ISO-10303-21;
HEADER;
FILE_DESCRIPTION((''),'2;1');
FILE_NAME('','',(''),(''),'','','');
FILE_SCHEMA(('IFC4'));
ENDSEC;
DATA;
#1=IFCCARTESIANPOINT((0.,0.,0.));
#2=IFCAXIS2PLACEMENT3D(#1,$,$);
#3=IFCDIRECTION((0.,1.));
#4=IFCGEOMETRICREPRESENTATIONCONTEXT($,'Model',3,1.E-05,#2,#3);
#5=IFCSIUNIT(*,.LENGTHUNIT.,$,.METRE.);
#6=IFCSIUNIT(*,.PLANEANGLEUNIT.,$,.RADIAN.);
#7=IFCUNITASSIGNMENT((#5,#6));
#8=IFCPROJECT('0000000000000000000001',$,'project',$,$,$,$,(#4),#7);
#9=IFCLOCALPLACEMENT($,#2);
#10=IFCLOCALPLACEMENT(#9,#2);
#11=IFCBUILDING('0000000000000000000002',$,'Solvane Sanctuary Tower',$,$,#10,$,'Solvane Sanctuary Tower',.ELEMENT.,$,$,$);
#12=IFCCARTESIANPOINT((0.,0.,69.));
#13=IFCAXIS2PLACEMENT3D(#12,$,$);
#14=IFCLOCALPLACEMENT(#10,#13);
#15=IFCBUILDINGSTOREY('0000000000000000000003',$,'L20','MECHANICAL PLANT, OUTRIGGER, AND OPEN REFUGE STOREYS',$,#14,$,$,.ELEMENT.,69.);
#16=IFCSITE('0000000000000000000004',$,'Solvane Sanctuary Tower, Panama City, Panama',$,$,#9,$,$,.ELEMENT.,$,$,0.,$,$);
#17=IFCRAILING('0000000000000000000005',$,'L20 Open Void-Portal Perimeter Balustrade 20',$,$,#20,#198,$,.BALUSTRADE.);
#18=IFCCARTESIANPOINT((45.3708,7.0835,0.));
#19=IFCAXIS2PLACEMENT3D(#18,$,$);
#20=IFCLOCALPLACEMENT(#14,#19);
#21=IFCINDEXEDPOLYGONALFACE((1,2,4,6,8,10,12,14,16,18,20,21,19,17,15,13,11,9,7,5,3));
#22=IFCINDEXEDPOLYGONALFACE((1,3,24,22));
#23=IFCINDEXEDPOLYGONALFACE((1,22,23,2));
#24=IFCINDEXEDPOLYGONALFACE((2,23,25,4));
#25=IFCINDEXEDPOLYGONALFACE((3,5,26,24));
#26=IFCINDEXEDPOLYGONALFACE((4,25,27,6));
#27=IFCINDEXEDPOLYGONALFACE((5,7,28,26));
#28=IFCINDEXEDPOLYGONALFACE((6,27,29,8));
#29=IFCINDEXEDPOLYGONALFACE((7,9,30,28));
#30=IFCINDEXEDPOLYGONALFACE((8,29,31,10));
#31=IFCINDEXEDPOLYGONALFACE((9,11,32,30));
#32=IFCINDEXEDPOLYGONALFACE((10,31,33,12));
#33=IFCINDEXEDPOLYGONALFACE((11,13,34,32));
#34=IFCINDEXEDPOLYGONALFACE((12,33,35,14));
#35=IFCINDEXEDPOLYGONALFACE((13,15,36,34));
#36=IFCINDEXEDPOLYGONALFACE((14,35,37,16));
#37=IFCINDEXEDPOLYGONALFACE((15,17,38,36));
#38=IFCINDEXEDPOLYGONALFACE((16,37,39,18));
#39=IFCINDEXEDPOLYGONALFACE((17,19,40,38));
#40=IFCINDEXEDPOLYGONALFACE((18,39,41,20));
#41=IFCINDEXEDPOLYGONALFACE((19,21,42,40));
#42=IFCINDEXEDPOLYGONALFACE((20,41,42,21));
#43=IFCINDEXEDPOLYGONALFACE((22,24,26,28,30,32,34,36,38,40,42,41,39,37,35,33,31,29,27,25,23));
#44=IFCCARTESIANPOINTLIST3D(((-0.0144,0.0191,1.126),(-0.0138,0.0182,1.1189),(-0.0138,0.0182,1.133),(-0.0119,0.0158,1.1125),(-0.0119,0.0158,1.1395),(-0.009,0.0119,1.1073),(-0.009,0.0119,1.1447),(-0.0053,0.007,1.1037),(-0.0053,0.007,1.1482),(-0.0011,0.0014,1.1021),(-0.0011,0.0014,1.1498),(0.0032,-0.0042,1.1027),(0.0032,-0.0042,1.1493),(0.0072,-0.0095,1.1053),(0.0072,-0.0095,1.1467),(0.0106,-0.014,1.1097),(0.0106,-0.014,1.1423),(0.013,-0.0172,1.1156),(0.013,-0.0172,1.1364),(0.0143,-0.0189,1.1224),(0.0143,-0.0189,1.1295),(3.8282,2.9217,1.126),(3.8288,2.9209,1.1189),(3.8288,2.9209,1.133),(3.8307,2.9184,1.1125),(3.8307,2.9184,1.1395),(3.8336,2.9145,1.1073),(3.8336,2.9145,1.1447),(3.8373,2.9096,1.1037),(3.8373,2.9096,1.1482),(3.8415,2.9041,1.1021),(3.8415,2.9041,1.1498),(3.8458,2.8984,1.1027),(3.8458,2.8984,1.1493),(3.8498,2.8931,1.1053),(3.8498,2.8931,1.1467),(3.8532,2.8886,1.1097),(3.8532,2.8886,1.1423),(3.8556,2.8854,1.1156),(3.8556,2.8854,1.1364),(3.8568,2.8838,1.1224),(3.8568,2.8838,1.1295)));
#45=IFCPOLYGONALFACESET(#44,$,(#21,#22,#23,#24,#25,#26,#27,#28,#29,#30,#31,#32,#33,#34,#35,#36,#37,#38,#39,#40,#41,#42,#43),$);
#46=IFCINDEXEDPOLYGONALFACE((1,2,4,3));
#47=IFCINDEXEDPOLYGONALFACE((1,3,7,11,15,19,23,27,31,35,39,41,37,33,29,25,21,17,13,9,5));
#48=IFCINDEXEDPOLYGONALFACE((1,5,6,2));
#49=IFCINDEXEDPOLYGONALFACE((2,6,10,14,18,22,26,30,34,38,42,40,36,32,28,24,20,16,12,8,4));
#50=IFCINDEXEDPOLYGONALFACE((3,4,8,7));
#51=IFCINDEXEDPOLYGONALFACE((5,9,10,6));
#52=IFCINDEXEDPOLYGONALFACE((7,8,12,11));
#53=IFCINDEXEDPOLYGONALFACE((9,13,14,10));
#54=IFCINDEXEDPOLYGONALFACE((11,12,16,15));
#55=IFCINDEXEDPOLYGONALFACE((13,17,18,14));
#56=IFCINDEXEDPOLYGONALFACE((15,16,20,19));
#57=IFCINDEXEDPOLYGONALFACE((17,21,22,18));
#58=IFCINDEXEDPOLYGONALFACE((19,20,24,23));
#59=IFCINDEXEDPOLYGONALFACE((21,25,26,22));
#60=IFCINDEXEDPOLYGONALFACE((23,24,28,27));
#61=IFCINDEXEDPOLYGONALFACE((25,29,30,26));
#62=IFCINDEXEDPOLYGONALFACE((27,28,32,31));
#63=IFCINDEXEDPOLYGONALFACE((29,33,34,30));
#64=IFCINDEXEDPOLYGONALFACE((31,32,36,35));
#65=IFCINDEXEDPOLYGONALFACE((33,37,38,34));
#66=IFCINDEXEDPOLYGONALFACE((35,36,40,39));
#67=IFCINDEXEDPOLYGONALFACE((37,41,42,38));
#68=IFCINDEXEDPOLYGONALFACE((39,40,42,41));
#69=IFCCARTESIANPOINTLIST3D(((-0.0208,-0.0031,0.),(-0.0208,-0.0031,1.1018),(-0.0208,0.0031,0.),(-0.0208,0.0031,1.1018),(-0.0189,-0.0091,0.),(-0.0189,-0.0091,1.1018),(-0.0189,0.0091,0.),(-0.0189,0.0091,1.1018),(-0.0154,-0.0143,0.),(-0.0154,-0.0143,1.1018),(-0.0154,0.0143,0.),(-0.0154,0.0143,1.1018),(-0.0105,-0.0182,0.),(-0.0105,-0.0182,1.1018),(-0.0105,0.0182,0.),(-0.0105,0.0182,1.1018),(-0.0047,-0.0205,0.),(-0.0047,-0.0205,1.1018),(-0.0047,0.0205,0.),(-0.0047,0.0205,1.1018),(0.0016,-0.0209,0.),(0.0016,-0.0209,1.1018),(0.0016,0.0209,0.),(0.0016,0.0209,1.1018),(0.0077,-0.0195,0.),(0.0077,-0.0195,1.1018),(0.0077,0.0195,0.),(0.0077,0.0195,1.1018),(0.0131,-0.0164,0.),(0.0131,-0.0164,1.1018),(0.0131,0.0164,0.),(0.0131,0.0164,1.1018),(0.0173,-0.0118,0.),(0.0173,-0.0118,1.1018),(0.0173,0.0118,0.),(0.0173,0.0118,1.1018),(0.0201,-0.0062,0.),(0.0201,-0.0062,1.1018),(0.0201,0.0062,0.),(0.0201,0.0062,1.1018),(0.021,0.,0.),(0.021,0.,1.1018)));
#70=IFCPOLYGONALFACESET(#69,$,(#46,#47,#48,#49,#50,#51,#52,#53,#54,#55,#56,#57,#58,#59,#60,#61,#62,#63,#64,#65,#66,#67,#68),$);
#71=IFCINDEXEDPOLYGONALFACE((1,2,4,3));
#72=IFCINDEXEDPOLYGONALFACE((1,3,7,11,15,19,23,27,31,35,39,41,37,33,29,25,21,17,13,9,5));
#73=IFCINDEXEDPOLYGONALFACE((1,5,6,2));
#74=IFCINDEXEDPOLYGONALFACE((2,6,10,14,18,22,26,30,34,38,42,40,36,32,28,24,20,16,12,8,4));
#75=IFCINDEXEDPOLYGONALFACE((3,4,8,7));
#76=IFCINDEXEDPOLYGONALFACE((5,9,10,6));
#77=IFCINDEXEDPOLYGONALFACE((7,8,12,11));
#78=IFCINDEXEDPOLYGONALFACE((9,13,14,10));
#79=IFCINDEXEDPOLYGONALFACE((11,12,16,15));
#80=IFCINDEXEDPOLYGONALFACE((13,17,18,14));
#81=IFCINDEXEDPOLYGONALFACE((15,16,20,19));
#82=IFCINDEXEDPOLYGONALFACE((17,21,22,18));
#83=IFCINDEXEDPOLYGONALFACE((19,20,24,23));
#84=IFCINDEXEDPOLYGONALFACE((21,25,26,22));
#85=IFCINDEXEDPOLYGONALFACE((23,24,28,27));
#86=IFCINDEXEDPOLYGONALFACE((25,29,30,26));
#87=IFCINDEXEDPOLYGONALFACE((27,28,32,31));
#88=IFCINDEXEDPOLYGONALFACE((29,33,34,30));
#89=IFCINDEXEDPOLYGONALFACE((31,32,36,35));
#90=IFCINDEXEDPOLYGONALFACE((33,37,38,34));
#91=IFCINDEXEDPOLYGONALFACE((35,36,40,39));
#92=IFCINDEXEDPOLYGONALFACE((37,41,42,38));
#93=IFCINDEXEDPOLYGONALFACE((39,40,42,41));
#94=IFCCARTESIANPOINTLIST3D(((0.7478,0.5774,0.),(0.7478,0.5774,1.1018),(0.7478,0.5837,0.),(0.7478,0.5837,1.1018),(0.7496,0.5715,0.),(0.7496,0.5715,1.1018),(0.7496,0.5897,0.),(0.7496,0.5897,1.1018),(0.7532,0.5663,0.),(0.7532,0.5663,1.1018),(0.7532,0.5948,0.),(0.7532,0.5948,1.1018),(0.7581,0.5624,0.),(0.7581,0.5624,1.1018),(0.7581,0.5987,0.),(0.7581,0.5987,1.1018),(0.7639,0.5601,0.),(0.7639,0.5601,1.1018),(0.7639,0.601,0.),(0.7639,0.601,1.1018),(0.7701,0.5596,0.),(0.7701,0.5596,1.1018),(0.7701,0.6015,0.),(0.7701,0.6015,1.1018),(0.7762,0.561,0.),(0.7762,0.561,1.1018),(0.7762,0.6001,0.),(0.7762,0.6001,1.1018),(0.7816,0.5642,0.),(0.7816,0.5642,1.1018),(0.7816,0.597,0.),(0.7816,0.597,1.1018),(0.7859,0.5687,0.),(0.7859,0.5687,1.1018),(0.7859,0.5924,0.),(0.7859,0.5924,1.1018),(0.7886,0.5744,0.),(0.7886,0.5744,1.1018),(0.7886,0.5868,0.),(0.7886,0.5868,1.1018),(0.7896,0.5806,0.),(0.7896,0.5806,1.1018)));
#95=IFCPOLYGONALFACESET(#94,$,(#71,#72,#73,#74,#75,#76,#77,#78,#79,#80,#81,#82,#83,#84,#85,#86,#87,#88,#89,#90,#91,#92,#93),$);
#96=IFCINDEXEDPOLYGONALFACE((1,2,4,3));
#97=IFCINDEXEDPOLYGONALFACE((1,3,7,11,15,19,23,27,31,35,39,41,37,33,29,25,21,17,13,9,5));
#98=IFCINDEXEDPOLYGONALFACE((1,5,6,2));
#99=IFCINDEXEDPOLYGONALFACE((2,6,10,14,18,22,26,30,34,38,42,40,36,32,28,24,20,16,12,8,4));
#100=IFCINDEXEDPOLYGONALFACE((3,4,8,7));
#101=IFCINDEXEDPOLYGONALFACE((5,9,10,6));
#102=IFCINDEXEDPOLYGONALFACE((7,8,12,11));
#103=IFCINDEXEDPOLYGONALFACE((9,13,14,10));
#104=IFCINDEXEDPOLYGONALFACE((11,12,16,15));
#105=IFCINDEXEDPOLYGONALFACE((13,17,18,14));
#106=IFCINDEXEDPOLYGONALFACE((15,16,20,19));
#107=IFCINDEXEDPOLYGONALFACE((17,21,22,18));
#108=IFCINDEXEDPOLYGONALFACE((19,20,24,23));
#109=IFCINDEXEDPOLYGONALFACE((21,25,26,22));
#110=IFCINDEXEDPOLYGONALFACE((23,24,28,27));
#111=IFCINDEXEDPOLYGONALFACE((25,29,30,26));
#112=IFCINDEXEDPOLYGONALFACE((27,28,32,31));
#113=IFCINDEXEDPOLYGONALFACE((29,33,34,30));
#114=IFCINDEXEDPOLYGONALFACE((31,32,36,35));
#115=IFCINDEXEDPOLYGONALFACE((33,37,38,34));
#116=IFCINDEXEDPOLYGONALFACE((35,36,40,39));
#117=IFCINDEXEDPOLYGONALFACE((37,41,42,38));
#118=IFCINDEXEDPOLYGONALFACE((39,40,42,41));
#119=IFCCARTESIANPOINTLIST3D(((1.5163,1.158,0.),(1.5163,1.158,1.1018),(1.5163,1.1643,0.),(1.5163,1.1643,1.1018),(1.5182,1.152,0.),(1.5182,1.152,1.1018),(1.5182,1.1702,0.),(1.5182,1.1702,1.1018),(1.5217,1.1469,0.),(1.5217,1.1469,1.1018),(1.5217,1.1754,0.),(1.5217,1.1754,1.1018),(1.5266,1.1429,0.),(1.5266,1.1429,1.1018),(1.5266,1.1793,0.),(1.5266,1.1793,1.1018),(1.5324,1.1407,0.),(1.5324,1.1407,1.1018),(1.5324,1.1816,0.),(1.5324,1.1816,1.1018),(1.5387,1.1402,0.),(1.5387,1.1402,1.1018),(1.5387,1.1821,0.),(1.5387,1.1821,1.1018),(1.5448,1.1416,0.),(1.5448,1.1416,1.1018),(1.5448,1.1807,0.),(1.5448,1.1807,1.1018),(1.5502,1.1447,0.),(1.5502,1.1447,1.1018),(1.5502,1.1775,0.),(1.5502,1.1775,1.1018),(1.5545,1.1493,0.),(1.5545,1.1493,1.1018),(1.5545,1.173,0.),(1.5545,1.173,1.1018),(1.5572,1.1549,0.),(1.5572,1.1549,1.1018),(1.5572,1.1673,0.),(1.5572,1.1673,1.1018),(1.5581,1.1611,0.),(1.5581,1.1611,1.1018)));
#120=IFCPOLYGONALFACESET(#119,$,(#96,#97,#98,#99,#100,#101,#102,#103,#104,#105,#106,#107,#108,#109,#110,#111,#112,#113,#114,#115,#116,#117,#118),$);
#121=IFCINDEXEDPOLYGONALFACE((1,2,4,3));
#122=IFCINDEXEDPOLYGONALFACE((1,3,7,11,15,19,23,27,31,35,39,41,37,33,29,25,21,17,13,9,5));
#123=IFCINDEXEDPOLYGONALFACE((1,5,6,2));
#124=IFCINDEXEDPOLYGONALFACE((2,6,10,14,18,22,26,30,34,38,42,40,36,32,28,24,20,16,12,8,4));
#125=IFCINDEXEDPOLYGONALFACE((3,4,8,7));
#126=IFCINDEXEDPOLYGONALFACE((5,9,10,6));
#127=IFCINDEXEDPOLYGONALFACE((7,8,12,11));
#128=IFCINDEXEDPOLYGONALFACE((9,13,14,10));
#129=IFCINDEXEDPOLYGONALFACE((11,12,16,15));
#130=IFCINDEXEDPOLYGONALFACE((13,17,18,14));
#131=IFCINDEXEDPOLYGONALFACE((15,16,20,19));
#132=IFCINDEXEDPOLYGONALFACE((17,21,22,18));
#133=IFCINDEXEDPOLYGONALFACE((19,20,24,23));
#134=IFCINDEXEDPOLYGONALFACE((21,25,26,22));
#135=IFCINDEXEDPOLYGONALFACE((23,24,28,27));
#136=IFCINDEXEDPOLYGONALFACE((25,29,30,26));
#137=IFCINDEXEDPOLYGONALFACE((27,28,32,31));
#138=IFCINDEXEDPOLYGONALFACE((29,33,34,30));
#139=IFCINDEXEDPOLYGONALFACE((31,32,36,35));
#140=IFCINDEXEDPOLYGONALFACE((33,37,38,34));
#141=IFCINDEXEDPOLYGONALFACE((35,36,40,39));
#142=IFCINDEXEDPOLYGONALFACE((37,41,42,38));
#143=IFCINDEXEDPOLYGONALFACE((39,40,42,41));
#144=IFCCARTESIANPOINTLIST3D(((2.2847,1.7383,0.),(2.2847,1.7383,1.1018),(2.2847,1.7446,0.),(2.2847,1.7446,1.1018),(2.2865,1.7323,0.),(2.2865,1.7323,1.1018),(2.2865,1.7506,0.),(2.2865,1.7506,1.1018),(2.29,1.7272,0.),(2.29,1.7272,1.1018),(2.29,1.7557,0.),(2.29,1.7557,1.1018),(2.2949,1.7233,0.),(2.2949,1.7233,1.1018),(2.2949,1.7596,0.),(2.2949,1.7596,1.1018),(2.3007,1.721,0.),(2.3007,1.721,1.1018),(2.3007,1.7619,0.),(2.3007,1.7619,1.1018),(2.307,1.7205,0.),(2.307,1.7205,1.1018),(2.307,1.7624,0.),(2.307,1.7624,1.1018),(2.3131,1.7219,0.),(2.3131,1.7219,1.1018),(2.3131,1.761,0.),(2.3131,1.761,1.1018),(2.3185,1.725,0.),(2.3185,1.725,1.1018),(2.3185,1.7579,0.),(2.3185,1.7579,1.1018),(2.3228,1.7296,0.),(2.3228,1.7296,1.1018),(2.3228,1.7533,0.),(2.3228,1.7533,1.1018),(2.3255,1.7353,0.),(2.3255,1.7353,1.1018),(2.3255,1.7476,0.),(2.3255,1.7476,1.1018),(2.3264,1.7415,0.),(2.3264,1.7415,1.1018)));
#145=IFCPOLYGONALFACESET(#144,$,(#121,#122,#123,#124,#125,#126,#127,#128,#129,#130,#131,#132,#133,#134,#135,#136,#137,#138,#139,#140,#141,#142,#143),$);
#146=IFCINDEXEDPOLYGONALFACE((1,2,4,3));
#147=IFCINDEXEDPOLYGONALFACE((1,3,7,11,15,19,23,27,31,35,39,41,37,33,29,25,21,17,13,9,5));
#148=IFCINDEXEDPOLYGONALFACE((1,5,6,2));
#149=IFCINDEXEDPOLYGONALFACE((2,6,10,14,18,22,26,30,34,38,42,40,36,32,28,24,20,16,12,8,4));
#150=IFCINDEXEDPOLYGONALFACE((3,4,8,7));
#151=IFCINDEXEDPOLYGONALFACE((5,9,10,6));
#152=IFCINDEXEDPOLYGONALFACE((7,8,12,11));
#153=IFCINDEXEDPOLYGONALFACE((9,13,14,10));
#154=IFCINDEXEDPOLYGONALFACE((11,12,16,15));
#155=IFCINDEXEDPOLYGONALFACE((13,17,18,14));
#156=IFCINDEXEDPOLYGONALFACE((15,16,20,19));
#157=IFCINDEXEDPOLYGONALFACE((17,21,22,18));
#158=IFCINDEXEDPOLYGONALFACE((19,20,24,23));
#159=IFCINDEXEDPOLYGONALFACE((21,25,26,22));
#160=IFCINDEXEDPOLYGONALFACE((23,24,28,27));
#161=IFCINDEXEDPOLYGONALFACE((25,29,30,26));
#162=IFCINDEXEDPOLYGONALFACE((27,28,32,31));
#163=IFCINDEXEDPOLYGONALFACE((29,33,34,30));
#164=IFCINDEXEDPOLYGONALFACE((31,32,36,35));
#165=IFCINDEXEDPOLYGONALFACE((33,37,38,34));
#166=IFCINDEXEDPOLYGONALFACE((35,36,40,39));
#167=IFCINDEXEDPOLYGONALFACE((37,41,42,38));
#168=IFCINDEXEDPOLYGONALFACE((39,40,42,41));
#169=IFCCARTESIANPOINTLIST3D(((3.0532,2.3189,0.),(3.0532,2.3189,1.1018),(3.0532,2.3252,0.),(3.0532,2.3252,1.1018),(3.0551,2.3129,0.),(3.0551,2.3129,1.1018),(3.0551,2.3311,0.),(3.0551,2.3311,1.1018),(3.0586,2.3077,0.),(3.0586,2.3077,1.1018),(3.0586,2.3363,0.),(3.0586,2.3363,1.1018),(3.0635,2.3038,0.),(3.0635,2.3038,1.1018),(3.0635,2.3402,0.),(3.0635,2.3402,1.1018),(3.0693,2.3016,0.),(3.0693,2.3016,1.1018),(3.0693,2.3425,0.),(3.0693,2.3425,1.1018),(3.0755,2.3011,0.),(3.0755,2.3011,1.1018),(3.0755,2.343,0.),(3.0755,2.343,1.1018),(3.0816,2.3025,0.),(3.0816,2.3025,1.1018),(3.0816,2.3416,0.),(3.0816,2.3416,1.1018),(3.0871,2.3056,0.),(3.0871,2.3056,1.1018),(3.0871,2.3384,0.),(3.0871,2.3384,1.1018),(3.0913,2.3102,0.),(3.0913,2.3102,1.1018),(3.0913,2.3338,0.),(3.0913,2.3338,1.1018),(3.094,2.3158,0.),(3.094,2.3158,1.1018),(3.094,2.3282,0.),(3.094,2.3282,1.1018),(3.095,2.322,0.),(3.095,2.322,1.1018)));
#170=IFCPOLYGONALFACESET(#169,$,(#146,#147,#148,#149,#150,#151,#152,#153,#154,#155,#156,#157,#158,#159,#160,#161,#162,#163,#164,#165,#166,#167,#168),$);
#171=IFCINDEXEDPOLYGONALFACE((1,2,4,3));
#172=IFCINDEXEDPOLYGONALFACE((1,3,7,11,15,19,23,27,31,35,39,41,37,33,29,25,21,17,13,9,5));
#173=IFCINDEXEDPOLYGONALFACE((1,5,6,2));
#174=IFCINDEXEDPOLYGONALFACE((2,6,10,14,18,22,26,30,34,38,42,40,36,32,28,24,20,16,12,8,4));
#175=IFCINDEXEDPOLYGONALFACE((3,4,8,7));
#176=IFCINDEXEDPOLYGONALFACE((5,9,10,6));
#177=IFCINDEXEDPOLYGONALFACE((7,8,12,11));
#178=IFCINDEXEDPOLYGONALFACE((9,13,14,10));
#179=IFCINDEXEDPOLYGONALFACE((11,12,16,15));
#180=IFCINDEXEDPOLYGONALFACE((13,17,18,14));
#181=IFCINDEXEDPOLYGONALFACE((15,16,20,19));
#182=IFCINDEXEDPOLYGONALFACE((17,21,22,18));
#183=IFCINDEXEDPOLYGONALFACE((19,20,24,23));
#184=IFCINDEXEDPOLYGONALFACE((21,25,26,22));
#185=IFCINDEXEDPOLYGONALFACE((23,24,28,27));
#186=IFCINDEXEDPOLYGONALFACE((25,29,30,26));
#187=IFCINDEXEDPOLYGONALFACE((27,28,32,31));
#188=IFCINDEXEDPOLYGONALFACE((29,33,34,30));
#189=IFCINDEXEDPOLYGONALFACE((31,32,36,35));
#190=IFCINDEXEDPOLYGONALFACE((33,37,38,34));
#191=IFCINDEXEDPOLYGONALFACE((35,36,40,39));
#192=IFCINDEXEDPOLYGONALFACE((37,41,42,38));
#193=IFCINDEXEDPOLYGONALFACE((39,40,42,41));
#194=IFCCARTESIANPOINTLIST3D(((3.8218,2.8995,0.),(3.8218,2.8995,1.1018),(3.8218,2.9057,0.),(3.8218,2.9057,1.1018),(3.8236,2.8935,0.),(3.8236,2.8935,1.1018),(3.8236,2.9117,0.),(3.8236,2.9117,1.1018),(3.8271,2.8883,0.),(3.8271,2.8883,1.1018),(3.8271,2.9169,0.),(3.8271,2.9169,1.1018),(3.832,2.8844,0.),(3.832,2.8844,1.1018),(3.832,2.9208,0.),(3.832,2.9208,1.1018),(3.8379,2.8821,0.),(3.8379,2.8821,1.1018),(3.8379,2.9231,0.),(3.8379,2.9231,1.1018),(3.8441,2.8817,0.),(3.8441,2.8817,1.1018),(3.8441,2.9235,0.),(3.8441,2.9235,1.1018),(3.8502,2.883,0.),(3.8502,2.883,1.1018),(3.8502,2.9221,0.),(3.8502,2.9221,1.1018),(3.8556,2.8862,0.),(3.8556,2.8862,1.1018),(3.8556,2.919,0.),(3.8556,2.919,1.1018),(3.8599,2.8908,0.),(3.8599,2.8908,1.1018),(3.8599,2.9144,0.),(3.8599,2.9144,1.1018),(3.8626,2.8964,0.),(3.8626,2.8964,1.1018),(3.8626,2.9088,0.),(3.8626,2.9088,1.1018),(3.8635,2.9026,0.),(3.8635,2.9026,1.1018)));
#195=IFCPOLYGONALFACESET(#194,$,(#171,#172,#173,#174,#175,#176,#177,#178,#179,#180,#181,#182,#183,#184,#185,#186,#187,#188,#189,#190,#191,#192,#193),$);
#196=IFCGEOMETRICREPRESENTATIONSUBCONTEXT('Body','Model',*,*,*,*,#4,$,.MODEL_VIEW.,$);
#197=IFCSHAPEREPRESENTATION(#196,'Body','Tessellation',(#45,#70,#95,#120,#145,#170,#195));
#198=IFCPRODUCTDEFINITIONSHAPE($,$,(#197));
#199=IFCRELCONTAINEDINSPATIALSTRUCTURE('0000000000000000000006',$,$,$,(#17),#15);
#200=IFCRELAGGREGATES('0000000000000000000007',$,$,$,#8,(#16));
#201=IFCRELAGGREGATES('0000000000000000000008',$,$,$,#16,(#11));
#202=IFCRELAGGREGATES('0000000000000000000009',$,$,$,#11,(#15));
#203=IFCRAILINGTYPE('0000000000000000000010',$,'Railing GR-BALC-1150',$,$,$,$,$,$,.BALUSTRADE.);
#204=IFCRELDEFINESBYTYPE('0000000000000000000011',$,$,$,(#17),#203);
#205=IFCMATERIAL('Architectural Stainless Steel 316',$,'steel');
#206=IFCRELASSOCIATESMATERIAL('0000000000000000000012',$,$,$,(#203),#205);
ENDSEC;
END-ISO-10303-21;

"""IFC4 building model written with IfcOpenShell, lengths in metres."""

from ifc_helpers import new_model, si_unit, direction, frame, origin, origin_2d, place, context, subcontext, project, spatial, circle, extrude, material, type_object, element, save


model = new_model("IFC4")

# Units and contexts
model_context = context("Model", 3, precision=1e-05, world=origin(), true_north=direction((0.0, 1.0)))
body_context = subcontext(model_context, "Body", "Model", "MODEL_VIEW")
ifc_project = project(units=[si_unit("LENGTHUNIT", "METRE"), si_unit("PLANEANGLEUNIT", "RADIAN")], contexts=[model_context])

# Site, building, storey
site_placement = place(None, origin())
site = spatial("IfcSite", under=ifc_project, at=site_placement, Name="Solvane Sanctuary Tower, Panama City, Panama", CompositionType="ELEMENT", RefElevation=0.0)
building_placement = place(site_placement, origin())
building = spatial("IfcBuilding", under=site, at=building_placement, Name="Solvane Sanctuary Tower", LongName="Solvane Sanctuary Tower", CompositionType="ELEMENT")
storey_placement = place(building_placement, frame((0.0, 0.0, 69.0)))
storey = spatial("IfcBuildingStorey", under=building, at=storey_placement, Name="L20", Description="MECHANICAL PLANT, OUTRIGGER, AND OPEN REFUGE STOREYS", CompositionType="ELEMENT", Elevation=69.0)

# Shared definitions
ifc_material_1 = material(Name="Architectural Stainless Steel 316", Category="steel")

# Railing
railing_type_1 = type_object("IfcRailingType", Name="Railing GR-BALC-1150", PredefinedType="BALUSTRADE", material=ifc_material_1)
railing_1_placement = place(storey_placement, frame((45.3708, 7.0835, 0.0)))
element("IfcRailing", 1, at=railing_1_placement, inside=storey, type_object=railing_type_1, Name="L20 Open Void-Portal Perimeter Balustrade 20", PredefinedType="BALUSTRADE", context=body_context, shape_type="SweptSolid", body=[
    extrude(circle(Radius=0.0239, at=origin_2d()), frame((0.0, 0.0, 1.126), z_axis=(0.797933, 0.602746, 0.0), x_axis=(-0.602746, 0.797933, 0.0)), (0.0, 0.0, 1.0), 4.8157),
    extrude(circle(Radius=0.021, at=origin_2d()), origin(), (0.0, 0.0, 1.0), 1.1018),
    extrude(circle(Radius=0.021, at=origin_2d()), frame((0.7686, 0.5806, 0.0)), (0.0, 0.0, 1.0), 1.1018),
    extrude(circle(Radius=0.021, at=origin_2d()), frame((1.5371, 1.1611, 0.0)), (0.0, 0.0, 1.0), 1.1018),
    extrude(circle(Radius=0.021, at=origin_2d()), frame((2.3054, 1.7415, 0.0)), (0.0, 0.0, 1.0), 1.1018),
    extrude(circle(Radius=0.021, at=origin_2d()), frame((3.074, 2.322, 0.0)), (0.0, 0.0, 1.0), 1.1018),
    extrude(circle(Radius=0.021, at=origin_2d()), frame((3.8425, 2.9026, 0.0)), (0.0, 0.0, 1.0), 1.1018),
])

save(model, "model.ifc")
